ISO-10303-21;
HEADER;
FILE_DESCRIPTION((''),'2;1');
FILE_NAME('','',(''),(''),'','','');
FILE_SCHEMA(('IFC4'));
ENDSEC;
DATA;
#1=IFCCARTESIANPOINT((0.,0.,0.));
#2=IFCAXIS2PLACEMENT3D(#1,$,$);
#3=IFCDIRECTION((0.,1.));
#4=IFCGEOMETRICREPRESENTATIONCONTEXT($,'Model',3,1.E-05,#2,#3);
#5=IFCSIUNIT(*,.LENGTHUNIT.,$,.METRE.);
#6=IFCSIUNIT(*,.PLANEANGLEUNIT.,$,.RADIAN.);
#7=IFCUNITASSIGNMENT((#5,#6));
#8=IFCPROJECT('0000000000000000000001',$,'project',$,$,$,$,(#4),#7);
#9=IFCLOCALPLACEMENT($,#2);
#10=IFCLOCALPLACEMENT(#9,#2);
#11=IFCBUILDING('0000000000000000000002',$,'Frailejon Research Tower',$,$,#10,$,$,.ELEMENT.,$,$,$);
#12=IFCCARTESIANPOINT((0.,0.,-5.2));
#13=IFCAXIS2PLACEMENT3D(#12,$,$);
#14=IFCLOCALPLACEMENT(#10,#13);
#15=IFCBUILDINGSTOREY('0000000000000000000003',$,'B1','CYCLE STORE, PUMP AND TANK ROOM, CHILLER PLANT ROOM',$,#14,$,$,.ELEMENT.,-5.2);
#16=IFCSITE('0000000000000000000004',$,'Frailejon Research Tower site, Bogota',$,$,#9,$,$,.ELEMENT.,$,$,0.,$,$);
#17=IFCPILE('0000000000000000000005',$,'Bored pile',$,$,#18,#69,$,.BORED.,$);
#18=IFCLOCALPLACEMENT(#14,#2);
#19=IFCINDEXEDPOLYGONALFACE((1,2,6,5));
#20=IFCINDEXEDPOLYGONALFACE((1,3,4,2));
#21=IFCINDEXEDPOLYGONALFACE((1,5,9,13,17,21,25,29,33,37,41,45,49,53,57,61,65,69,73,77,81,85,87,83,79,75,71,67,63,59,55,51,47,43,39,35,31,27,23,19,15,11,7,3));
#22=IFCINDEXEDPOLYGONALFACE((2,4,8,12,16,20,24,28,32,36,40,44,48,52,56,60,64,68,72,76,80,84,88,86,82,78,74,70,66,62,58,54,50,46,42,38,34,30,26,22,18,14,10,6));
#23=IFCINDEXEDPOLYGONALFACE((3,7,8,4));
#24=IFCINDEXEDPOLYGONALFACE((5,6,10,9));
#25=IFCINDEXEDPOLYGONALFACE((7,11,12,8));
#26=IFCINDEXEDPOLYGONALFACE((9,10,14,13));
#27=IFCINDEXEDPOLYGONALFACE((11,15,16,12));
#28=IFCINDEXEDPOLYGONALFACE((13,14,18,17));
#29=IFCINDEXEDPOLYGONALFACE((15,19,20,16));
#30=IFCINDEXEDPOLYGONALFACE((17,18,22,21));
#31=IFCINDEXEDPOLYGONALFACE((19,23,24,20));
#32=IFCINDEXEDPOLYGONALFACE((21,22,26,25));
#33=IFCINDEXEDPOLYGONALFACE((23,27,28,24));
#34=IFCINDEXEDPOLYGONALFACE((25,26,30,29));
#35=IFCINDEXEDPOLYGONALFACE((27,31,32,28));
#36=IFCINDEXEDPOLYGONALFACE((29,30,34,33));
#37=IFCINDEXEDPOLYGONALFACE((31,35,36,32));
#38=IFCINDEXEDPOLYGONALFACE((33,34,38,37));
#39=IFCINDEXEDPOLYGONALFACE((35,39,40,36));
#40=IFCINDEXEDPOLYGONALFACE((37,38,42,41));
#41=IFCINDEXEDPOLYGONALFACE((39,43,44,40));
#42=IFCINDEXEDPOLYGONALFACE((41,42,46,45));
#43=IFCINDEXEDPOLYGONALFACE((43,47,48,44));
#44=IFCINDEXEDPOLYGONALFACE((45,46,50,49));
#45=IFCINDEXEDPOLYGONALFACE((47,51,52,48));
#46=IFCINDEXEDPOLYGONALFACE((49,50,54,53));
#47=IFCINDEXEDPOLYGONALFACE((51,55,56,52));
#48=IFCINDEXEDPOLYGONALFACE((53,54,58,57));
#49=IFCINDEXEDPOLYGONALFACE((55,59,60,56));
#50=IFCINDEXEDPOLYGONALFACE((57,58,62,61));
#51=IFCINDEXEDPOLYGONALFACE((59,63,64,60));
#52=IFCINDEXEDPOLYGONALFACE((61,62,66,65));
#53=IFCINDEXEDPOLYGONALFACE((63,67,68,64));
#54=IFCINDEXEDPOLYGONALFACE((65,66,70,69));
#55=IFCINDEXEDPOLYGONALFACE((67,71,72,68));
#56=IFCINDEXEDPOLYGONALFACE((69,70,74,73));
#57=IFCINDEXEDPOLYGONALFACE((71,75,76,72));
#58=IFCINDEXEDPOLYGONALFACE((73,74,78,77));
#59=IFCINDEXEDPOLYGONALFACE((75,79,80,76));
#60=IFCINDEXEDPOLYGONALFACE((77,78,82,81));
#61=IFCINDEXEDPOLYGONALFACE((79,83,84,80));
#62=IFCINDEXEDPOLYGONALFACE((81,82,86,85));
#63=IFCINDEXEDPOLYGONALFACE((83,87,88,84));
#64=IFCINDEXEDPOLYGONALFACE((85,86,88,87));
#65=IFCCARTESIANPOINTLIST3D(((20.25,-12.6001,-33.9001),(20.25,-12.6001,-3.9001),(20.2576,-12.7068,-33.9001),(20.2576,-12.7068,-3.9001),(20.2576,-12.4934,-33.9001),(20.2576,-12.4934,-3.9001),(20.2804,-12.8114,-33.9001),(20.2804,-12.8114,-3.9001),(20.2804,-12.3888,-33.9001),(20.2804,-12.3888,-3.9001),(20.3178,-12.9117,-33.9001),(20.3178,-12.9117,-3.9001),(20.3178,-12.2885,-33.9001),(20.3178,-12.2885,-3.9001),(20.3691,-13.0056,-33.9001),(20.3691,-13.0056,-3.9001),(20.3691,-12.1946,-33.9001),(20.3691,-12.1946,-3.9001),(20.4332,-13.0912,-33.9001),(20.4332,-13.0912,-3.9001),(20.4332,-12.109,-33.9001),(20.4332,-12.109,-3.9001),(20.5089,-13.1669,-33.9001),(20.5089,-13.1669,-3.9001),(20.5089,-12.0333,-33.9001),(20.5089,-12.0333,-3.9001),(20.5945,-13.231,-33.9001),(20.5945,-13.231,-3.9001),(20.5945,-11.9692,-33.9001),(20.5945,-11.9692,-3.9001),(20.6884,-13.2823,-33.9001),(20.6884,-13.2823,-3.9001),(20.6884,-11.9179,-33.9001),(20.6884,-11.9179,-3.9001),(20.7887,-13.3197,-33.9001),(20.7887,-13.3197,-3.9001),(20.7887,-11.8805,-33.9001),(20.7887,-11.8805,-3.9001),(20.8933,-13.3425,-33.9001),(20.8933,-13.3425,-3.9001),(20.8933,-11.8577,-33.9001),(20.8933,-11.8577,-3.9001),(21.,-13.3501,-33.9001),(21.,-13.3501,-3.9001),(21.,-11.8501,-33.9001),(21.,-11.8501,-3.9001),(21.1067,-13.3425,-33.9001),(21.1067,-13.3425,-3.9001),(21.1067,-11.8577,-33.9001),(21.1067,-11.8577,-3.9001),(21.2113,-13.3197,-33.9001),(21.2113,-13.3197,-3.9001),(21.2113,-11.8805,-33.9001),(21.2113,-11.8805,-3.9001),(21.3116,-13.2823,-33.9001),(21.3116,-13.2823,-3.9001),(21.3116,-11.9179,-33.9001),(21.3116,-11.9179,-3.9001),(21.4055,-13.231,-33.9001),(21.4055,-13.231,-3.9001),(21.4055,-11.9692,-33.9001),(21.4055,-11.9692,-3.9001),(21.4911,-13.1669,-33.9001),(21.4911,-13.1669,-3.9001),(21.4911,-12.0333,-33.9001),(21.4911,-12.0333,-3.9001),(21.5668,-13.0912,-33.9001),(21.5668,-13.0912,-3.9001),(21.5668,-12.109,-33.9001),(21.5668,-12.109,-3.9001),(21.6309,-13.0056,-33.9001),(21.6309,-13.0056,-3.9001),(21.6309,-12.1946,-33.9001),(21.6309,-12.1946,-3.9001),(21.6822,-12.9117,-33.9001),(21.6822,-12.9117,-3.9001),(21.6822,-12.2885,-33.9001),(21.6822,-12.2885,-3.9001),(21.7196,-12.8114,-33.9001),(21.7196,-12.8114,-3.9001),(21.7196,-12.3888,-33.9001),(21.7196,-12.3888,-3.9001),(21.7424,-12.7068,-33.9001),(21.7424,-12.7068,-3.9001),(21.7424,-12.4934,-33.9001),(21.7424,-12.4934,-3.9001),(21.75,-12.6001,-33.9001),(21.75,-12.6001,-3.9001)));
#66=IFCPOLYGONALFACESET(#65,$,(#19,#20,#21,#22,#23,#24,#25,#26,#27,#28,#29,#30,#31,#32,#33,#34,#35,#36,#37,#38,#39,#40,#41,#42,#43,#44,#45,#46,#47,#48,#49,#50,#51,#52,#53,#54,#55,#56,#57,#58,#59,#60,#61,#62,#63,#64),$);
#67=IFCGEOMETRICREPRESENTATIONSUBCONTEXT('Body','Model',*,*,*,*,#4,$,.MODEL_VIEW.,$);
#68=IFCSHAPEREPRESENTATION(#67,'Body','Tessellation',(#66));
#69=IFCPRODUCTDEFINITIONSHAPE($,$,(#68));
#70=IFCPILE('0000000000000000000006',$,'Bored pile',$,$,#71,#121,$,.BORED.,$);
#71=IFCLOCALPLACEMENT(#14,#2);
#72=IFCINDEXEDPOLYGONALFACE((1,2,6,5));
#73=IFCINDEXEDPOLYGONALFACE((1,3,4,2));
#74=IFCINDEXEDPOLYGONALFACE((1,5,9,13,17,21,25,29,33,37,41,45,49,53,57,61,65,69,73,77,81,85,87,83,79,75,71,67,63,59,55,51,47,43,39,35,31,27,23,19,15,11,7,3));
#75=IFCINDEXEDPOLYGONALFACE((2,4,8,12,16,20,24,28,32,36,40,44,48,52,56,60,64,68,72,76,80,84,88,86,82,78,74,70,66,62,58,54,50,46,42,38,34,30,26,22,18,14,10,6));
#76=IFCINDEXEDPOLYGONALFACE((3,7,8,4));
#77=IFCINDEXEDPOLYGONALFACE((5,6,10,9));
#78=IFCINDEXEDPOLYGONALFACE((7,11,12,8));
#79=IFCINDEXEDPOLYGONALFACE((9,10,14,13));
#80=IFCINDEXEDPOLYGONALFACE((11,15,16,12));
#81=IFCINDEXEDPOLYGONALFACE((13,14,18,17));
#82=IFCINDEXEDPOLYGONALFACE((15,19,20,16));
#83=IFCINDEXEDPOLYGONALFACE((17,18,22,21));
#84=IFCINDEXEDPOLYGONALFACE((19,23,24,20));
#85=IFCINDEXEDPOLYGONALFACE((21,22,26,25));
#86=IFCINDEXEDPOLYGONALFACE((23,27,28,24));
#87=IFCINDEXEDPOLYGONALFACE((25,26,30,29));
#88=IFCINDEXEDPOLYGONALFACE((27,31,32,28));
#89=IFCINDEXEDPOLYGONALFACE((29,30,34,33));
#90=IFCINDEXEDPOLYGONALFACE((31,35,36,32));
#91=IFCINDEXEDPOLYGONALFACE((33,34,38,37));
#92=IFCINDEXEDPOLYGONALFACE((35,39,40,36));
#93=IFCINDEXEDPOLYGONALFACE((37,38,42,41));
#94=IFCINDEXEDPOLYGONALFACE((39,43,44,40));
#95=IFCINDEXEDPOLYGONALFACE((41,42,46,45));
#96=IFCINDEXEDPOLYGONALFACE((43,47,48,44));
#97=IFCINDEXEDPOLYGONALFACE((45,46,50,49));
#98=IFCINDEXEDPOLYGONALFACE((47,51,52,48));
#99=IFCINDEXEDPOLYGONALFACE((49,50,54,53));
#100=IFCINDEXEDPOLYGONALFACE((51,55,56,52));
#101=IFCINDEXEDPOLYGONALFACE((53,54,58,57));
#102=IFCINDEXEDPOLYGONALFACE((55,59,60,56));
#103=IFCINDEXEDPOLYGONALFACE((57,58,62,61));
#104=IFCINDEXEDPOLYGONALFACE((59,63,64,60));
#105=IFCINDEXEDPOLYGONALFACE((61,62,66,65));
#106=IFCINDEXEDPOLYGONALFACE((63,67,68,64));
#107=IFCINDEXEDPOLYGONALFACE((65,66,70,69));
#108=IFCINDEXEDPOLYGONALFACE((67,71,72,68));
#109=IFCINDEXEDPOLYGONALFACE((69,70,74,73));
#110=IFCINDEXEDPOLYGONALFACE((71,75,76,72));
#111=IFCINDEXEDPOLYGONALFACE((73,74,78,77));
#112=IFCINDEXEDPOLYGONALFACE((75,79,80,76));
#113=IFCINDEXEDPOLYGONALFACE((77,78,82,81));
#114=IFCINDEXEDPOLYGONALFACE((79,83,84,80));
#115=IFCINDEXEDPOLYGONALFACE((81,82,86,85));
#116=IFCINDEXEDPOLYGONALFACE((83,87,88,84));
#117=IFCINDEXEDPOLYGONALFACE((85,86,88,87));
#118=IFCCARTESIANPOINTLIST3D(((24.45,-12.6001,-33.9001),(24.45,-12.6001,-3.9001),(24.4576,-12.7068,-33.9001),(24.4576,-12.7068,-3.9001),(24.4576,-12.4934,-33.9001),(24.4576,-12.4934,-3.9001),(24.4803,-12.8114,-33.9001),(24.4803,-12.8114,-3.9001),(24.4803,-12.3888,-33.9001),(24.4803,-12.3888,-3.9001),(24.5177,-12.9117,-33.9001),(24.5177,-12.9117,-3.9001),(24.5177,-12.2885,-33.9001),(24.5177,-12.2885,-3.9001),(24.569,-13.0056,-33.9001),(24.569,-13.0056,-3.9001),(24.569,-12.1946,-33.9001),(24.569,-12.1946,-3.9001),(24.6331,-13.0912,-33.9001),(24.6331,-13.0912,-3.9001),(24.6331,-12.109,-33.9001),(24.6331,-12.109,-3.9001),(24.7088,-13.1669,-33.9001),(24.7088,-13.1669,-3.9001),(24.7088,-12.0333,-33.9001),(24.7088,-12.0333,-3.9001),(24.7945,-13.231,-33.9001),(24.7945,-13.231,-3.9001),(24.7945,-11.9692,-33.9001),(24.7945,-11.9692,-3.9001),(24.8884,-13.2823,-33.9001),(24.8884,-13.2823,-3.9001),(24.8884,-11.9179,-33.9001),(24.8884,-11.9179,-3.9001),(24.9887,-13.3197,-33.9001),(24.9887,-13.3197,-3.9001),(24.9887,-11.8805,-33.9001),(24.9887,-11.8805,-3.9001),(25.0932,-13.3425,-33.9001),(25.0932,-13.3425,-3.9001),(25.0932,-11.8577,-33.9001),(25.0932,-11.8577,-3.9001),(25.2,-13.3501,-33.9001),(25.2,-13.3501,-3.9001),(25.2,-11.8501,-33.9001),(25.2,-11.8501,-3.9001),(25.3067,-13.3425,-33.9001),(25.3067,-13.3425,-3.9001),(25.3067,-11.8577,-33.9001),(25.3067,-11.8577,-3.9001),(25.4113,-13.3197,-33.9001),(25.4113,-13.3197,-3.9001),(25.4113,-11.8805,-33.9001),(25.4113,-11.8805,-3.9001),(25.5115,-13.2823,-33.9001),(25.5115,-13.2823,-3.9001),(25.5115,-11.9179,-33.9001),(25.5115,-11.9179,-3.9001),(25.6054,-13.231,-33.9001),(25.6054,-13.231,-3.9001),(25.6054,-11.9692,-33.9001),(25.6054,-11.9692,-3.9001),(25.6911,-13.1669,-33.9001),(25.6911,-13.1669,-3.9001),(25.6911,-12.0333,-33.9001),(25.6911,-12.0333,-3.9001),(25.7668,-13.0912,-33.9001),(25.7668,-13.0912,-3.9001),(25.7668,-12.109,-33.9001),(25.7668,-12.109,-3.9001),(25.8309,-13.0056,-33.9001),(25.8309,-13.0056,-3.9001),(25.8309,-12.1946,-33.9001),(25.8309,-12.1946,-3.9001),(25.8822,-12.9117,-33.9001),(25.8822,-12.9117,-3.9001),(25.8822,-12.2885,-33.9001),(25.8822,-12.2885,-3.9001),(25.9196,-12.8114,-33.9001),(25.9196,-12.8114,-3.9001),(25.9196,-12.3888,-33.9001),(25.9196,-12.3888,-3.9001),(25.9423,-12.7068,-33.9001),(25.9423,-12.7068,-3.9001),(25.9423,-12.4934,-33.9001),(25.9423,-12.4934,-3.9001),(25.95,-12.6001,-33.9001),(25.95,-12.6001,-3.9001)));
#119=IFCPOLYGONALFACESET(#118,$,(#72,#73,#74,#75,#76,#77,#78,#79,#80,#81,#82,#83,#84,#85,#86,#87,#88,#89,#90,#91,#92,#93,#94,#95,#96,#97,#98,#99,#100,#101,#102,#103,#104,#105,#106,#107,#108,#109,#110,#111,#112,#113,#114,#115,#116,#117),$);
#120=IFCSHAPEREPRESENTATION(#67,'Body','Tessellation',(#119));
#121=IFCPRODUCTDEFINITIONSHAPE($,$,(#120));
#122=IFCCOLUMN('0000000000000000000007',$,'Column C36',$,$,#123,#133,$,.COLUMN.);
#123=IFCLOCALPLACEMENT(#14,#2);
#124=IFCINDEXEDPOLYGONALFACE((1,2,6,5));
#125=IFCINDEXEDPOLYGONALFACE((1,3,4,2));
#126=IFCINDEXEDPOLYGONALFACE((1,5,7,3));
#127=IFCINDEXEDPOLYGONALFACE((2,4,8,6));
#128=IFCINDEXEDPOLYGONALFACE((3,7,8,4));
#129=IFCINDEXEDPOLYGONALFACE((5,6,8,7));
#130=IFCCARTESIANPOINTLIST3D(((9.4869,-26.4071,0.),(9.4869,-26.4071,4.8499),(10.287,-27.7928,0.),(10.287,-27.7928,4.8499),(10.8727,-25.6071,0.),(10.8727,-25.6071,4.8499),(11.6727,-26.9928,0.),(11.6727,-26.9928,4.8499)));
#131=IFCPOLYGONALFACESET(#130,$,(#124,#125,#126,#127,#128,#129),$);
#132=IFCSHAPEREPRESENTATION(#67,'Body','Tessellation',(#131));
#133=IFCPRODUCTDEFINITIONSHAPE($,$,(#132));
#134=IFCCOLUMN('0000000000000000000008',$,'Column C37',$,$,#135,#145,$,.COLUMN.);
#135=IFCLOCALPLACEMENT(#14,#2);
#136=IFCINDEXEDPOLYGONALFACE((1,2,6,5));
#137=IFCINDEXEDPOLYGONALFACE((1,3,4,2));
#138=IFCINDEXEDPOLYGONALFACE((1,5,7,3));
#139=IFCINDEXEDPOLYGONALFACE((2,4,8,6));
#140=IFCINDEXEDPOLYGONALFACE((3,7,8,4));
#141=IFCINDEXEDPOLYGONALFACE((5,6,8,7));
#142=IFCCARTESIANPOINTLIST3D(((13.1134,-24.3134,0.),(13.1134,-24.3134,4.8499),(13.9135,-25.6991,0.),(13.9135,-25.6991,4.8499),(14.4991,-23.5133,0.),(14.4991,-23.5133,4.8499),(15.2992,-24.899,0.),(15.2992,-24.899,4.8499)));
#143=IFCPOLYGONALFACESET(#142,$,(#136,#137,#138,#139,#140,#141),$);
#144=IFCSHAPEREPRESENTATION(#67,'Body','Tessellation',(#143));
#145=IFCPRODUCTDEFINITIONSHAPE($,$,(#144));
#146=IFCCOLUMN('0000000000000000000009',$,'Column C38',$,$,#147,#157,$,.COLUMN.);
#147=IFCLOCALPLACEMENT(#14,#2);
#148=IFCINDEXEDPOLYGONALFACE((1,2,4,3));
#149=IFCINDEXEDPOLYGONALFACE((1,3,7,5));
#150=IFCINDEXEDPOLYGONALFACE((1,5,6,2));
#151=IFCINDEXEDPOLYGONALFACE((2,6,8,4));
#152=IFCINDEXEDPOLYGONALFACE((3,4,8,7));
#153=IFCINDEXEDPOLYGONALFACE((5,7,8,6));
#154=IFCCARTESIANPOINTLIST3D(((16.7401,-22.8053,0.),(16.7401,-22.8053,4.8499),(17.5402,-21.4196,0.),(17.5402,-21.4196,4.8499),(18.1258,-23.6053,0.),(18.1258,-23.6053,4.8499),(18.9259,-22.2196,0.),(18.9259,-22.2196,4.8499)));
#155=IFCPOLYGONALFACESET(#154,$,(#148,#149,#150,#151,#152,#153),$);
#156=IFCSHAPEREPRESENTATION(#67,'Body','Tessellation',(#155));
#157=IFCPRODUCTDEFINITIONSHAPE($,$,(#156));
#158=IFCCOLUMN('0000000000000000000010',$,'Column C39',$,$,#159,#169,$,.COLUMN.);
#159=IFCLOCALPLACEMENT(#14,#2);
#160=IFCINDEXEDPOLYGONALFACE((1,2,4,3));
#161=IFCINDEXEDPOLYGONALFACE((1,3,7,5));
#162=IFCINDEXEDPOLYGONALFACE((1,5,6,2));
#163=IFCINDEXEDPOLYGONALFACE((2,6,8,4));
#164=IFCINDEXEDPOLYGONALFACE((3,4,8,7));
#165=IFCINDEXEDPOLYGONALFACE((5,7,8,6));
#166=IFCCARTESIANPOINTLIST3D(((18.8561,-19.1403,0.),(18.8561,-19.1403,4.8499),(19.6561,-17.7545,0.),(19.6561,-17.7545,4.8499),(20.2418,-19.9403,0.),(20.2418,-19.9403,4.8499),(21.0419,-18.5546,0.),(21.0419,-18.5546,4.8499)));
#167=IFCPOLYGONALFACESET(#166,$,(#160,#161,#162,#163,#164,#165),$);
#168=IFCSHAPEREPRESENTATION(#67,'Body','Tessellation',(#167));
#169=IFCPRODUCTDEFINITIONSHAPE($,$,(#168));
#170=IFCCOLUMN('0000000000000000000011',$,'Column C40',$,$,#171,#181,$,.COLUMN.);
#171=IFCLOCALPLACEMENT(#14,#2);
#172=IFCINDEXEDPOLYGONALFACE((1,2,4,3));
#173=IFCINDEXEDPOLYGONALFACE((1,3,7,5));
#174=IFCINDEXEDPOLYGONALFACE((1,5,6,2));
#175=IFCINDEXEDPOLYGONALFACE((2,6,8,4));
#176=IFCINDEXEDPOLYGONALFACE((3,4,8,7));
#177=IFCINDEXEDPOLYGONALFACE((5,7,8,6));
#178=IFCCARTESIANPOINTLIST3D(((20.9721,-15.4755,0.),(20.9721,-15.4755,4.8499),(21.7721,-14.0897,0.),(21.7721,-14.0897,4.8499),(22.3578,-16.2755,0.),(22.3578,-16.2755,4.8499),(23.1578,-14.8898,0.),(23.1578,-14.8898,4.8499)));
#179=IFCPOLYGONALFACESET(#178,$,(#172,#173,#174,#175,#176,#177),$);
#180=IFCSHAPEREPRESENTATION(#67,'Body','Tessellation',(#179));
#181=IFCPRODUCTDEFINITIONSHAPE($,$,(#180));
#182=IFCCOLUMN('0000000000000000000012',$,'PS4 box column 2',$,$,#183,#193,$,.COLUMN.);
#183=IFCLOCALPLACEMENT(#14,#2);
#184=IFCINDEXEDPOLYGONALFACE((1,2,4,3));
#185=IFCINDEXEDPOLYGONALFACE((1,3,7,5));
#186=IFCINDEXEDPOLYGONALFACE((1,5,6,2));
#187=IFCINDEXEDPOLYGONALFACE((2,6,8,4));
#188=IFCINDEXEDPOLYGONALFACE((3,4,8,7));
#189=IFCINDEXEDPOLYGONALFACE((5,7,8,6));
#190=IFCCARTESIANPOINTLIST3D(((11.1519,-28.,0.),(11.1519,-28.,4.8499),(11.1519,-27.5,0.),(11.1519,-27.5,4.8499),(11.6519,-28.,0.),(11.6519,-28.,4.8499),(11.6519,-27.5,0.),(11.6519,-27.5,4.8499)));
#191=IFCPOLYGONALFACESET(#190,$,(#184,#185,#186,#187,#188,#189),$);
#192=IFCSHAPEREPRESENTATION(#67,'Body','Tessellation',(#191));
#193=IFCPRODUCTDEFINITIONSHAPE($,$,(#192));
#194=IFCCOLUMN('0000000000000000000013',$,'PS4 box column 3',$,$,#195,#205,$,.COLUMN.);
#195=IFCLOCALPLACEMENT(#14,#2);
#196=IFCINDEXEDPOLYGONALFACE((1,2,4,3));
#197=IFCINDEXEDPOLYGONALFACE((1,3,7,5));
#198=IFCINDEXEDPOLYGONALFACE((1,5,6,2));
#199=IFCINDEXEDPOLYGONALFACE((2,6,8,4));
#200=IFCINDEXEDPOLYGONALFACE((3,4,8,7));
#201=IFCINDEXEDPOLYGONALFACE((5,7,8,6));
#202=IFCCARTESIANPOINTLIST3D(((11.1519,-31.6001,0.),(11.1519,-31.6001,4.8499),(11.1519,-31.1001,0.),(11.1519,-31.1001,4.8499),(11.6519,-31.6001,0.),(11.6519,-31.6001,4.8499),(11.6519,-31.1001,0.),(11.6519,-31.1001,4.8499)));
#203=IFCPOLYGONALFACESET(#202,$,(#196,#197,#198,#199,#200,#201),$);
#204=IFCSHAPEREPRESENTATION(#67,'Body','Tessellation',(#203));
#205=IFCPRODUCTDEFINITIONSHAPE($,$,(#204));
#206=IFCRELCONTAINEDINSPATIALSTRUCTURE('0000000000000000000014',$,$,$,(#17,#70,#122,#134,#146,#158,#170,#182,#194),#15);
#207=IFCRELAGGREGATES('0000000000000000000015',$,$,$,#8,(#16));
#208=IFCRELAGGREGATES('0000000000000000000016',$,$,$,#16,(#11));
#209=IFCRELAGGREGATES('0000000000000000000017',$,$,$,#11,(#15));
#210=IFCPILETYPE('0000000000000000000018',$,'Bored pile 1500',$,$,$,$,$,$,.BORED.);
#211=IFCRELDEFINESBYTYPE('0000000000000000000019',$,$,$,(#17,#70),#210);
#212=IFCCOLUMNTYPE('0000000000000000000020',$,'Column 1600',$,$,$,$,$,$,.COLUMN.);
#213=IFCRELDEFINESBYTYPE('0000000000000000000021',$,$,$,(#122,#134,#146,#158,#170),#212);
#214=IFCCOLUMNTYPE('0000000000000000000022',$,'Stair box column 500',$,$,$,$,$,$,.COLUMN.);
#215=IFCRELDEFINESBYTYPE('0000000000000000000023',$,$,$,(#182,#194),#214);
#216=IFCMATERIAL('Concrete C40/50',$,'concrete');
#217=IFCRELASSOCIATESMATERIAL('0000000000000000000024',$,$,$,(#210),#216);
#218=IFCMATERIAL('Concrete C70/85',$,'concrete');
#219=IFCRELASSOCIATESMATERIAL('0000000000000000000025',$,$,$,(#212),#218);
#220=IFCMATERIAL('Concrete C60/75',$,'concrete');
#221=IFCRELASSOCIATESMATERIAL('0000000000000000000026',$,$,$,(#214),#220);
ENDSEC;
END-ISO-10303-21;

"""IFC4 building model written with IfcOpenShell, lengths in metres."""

from ifc_helpers import new_model, si_unit, direction, frame, origin, origin_2d, place, context, subcontext, project, spatial, rectangle, circle, extrude, material, material_profile, profile_set, type_object, element, save


model = new_model("IFC4")

# Units and contexts
model_context = context("Model", 3, precision=1e-05, world=origin(), true_north=direction((0.0, 1.0)))
body_context = subcontext(model_context, "Body", "Model", "MODEL_VIEW")
ifc_project = project(units=[si_unit("LENGTHUNIT", "METRE"), si_unit("PLANEANGLEUNIT", "RADIAN")], contexts=[model_context])

# Site, building, storey
site_placement = place(None, origin())
site = spatial("IfcSite", under=ifc_project, at=site_placement, Name="Frailejon Research Tower site, Bogota", CompositionType="ELEMENT", RefElevation=0.0)
building_placement = place(site_placement, origin())
building = spatial("IfcBuilding", under=site, at=building_placement, Name="Frailejon Research Tower", CompositionType="ELEMENT")
storey_placement = place(building_placement, frame((0.0, 0.0, -5.2)))
storey = spatial("IfcBuildingStorey", under=building, at=storey_placement, Name="B1", Description="CYCLE STORE, PUMP AND TANK ROOM, CHILLER PLANT ROOM", CompositionType="ELEMENT", Elevation=-5.2)

# Piles
ifc_material_1 = material(Name="Concrete C40/50", Category="concrete")
ifc_material_profile_1 = material_profile(ifc_material_1, circle(Radius=0.75, at=origin_2d()), Name="Bored pile 1500")
ifc_profile_set_1 = profile_set([ifc_material_profile_1], Name="Concrete C40/50")
pile_type = type_object("IfcPileType", Name="Bored pile 1500", PredefinedType="BORED", material=ifc_profile_set_1)
for number, where, z_axis, x_axis, name in (
    (1, (21.0, -12.6001, -3.9001), (0.0, 0.0, -1.0), (1.0, 0.0, 0.0), "Bored pile"),
    (2, (25.2, -12.6001, -3.9001), (0.0, 0.0, -1.0), (1.0, 0.0, 0.0), "Bored pile"),
):
    element("IfcPile", number, at=place(storey_placement, frame(where, z_axis=z_axis, x_axis=x_axis)), inside=storey, type_object=pile_type, Name=name, PredefinedType="BORED", context=body_context, shape_type="SweptSolid", body=[
        extrude(circle(Radius=0.75, at=origin_2d()), origin(), (0.0, 0.0, 1.0), 30.0),
    ])

# Columns
ifc_material_2 = material(Name="Concrete C70/85", Category="concrete")
ifc_material_profile_2 = material_profile(ifc_material_2, rectangle(XDim=1.6001, YDim=1.6001, at=origin_2d()), Name="Column 1600")
ifc_profile_set_2 = profile_set([ifc_material_profile_2], Name="Concrete C70/85")
column_type_1 = type_object("IfcColumnType", Name="Column 1600", PredefinedType="COLUMN", material=ifc_profile_set_2)
for number, where, z_axis, x_axis, name in (
    (3, (10.5798, -26.7, 0.0), (0.0, 0.0, 1.0), (0.866025, 0.5, 0.0), "Column C36"),
    (4, (14.2063, -24.6062, 0.0), (0.0, 0.0, 1.0), (0.866025, 0.5, 0.0), "Column C37"),
    (5, (17.833, -22.5125, 0.0), (0.0, 0.0, 1.0), (0.5, 0.866025, 0.0), "Column C38"),
    (6, (19.949, -18.8474, 0.0), (0.0, 0.0, 1.0), (0.5, 0.866025, 0.0), "Column C39"),
    (7, (22.0649, -15.1826, 0.0), (0.0, 0.0, 1.0), (0.5, 0.866025, 0.0), "Column C40"),
):
    element("IfcColumn", number, at=place(storey_placement, frame(where, z_axis=z_axis, x_axis=x_axis)), inside=storey, type_object=column_type_1, Name=name, PredefinedType="COLUMN", context=body_context, shape_type="SweptSolid", body=[
        extrude(rectangle(XDim=1.6001, YDim=1.6001, at=origin_2d()), origin(), (0.0, 0.0, 1.0), 4.8499),
    ])
ifc_material_3 = material(Name="Concrete C60/75", Category="concrete")
ifc_material_profile_3 = material_profile(ifc_material_3, rectangle(XDim=0.5, YDim=0.5, at=origin_2d()), Name="Stair box column 500")
ifc_profile_set_3 = profile_set([ifc_material_profile_3], Name="Concrete C60/75")
column_type_2 = type_object("IfcColumnType", Name="Stair box column 500", PredefinedType="COLUMN", material=ifc_profile_set_3)
for number, where, z_axis, x_axis, name in (
    (8, (11.4019, -27.75, 0.0), (0.0, 0.0, 1.0), (1.0, 0.0, 0.0), "PS4 box column 2"),
    (9, (11.4019, -31.3501, 0.0), (0.0, 0.0, 1.0), (1.0, 0.0, 0.0), "PS4 box column 3"),
):
    element("IfcColumn", number, at=place(storey_placement, frame(where, z_axis=z_axis, x_axis=x_axis)), inside=storey, type_object=column_type_2, Name=name, PredefinedType="COLUMN", context=body_context, shape_type="SweptSolid", body=[
        extrude(rectangle(XDim=0.5, YDim=0.5, at=origin_2d()), origin(), (0.0, 0.0, 1.0), 4.8499),
    ])

save(model, "model.ifc")
